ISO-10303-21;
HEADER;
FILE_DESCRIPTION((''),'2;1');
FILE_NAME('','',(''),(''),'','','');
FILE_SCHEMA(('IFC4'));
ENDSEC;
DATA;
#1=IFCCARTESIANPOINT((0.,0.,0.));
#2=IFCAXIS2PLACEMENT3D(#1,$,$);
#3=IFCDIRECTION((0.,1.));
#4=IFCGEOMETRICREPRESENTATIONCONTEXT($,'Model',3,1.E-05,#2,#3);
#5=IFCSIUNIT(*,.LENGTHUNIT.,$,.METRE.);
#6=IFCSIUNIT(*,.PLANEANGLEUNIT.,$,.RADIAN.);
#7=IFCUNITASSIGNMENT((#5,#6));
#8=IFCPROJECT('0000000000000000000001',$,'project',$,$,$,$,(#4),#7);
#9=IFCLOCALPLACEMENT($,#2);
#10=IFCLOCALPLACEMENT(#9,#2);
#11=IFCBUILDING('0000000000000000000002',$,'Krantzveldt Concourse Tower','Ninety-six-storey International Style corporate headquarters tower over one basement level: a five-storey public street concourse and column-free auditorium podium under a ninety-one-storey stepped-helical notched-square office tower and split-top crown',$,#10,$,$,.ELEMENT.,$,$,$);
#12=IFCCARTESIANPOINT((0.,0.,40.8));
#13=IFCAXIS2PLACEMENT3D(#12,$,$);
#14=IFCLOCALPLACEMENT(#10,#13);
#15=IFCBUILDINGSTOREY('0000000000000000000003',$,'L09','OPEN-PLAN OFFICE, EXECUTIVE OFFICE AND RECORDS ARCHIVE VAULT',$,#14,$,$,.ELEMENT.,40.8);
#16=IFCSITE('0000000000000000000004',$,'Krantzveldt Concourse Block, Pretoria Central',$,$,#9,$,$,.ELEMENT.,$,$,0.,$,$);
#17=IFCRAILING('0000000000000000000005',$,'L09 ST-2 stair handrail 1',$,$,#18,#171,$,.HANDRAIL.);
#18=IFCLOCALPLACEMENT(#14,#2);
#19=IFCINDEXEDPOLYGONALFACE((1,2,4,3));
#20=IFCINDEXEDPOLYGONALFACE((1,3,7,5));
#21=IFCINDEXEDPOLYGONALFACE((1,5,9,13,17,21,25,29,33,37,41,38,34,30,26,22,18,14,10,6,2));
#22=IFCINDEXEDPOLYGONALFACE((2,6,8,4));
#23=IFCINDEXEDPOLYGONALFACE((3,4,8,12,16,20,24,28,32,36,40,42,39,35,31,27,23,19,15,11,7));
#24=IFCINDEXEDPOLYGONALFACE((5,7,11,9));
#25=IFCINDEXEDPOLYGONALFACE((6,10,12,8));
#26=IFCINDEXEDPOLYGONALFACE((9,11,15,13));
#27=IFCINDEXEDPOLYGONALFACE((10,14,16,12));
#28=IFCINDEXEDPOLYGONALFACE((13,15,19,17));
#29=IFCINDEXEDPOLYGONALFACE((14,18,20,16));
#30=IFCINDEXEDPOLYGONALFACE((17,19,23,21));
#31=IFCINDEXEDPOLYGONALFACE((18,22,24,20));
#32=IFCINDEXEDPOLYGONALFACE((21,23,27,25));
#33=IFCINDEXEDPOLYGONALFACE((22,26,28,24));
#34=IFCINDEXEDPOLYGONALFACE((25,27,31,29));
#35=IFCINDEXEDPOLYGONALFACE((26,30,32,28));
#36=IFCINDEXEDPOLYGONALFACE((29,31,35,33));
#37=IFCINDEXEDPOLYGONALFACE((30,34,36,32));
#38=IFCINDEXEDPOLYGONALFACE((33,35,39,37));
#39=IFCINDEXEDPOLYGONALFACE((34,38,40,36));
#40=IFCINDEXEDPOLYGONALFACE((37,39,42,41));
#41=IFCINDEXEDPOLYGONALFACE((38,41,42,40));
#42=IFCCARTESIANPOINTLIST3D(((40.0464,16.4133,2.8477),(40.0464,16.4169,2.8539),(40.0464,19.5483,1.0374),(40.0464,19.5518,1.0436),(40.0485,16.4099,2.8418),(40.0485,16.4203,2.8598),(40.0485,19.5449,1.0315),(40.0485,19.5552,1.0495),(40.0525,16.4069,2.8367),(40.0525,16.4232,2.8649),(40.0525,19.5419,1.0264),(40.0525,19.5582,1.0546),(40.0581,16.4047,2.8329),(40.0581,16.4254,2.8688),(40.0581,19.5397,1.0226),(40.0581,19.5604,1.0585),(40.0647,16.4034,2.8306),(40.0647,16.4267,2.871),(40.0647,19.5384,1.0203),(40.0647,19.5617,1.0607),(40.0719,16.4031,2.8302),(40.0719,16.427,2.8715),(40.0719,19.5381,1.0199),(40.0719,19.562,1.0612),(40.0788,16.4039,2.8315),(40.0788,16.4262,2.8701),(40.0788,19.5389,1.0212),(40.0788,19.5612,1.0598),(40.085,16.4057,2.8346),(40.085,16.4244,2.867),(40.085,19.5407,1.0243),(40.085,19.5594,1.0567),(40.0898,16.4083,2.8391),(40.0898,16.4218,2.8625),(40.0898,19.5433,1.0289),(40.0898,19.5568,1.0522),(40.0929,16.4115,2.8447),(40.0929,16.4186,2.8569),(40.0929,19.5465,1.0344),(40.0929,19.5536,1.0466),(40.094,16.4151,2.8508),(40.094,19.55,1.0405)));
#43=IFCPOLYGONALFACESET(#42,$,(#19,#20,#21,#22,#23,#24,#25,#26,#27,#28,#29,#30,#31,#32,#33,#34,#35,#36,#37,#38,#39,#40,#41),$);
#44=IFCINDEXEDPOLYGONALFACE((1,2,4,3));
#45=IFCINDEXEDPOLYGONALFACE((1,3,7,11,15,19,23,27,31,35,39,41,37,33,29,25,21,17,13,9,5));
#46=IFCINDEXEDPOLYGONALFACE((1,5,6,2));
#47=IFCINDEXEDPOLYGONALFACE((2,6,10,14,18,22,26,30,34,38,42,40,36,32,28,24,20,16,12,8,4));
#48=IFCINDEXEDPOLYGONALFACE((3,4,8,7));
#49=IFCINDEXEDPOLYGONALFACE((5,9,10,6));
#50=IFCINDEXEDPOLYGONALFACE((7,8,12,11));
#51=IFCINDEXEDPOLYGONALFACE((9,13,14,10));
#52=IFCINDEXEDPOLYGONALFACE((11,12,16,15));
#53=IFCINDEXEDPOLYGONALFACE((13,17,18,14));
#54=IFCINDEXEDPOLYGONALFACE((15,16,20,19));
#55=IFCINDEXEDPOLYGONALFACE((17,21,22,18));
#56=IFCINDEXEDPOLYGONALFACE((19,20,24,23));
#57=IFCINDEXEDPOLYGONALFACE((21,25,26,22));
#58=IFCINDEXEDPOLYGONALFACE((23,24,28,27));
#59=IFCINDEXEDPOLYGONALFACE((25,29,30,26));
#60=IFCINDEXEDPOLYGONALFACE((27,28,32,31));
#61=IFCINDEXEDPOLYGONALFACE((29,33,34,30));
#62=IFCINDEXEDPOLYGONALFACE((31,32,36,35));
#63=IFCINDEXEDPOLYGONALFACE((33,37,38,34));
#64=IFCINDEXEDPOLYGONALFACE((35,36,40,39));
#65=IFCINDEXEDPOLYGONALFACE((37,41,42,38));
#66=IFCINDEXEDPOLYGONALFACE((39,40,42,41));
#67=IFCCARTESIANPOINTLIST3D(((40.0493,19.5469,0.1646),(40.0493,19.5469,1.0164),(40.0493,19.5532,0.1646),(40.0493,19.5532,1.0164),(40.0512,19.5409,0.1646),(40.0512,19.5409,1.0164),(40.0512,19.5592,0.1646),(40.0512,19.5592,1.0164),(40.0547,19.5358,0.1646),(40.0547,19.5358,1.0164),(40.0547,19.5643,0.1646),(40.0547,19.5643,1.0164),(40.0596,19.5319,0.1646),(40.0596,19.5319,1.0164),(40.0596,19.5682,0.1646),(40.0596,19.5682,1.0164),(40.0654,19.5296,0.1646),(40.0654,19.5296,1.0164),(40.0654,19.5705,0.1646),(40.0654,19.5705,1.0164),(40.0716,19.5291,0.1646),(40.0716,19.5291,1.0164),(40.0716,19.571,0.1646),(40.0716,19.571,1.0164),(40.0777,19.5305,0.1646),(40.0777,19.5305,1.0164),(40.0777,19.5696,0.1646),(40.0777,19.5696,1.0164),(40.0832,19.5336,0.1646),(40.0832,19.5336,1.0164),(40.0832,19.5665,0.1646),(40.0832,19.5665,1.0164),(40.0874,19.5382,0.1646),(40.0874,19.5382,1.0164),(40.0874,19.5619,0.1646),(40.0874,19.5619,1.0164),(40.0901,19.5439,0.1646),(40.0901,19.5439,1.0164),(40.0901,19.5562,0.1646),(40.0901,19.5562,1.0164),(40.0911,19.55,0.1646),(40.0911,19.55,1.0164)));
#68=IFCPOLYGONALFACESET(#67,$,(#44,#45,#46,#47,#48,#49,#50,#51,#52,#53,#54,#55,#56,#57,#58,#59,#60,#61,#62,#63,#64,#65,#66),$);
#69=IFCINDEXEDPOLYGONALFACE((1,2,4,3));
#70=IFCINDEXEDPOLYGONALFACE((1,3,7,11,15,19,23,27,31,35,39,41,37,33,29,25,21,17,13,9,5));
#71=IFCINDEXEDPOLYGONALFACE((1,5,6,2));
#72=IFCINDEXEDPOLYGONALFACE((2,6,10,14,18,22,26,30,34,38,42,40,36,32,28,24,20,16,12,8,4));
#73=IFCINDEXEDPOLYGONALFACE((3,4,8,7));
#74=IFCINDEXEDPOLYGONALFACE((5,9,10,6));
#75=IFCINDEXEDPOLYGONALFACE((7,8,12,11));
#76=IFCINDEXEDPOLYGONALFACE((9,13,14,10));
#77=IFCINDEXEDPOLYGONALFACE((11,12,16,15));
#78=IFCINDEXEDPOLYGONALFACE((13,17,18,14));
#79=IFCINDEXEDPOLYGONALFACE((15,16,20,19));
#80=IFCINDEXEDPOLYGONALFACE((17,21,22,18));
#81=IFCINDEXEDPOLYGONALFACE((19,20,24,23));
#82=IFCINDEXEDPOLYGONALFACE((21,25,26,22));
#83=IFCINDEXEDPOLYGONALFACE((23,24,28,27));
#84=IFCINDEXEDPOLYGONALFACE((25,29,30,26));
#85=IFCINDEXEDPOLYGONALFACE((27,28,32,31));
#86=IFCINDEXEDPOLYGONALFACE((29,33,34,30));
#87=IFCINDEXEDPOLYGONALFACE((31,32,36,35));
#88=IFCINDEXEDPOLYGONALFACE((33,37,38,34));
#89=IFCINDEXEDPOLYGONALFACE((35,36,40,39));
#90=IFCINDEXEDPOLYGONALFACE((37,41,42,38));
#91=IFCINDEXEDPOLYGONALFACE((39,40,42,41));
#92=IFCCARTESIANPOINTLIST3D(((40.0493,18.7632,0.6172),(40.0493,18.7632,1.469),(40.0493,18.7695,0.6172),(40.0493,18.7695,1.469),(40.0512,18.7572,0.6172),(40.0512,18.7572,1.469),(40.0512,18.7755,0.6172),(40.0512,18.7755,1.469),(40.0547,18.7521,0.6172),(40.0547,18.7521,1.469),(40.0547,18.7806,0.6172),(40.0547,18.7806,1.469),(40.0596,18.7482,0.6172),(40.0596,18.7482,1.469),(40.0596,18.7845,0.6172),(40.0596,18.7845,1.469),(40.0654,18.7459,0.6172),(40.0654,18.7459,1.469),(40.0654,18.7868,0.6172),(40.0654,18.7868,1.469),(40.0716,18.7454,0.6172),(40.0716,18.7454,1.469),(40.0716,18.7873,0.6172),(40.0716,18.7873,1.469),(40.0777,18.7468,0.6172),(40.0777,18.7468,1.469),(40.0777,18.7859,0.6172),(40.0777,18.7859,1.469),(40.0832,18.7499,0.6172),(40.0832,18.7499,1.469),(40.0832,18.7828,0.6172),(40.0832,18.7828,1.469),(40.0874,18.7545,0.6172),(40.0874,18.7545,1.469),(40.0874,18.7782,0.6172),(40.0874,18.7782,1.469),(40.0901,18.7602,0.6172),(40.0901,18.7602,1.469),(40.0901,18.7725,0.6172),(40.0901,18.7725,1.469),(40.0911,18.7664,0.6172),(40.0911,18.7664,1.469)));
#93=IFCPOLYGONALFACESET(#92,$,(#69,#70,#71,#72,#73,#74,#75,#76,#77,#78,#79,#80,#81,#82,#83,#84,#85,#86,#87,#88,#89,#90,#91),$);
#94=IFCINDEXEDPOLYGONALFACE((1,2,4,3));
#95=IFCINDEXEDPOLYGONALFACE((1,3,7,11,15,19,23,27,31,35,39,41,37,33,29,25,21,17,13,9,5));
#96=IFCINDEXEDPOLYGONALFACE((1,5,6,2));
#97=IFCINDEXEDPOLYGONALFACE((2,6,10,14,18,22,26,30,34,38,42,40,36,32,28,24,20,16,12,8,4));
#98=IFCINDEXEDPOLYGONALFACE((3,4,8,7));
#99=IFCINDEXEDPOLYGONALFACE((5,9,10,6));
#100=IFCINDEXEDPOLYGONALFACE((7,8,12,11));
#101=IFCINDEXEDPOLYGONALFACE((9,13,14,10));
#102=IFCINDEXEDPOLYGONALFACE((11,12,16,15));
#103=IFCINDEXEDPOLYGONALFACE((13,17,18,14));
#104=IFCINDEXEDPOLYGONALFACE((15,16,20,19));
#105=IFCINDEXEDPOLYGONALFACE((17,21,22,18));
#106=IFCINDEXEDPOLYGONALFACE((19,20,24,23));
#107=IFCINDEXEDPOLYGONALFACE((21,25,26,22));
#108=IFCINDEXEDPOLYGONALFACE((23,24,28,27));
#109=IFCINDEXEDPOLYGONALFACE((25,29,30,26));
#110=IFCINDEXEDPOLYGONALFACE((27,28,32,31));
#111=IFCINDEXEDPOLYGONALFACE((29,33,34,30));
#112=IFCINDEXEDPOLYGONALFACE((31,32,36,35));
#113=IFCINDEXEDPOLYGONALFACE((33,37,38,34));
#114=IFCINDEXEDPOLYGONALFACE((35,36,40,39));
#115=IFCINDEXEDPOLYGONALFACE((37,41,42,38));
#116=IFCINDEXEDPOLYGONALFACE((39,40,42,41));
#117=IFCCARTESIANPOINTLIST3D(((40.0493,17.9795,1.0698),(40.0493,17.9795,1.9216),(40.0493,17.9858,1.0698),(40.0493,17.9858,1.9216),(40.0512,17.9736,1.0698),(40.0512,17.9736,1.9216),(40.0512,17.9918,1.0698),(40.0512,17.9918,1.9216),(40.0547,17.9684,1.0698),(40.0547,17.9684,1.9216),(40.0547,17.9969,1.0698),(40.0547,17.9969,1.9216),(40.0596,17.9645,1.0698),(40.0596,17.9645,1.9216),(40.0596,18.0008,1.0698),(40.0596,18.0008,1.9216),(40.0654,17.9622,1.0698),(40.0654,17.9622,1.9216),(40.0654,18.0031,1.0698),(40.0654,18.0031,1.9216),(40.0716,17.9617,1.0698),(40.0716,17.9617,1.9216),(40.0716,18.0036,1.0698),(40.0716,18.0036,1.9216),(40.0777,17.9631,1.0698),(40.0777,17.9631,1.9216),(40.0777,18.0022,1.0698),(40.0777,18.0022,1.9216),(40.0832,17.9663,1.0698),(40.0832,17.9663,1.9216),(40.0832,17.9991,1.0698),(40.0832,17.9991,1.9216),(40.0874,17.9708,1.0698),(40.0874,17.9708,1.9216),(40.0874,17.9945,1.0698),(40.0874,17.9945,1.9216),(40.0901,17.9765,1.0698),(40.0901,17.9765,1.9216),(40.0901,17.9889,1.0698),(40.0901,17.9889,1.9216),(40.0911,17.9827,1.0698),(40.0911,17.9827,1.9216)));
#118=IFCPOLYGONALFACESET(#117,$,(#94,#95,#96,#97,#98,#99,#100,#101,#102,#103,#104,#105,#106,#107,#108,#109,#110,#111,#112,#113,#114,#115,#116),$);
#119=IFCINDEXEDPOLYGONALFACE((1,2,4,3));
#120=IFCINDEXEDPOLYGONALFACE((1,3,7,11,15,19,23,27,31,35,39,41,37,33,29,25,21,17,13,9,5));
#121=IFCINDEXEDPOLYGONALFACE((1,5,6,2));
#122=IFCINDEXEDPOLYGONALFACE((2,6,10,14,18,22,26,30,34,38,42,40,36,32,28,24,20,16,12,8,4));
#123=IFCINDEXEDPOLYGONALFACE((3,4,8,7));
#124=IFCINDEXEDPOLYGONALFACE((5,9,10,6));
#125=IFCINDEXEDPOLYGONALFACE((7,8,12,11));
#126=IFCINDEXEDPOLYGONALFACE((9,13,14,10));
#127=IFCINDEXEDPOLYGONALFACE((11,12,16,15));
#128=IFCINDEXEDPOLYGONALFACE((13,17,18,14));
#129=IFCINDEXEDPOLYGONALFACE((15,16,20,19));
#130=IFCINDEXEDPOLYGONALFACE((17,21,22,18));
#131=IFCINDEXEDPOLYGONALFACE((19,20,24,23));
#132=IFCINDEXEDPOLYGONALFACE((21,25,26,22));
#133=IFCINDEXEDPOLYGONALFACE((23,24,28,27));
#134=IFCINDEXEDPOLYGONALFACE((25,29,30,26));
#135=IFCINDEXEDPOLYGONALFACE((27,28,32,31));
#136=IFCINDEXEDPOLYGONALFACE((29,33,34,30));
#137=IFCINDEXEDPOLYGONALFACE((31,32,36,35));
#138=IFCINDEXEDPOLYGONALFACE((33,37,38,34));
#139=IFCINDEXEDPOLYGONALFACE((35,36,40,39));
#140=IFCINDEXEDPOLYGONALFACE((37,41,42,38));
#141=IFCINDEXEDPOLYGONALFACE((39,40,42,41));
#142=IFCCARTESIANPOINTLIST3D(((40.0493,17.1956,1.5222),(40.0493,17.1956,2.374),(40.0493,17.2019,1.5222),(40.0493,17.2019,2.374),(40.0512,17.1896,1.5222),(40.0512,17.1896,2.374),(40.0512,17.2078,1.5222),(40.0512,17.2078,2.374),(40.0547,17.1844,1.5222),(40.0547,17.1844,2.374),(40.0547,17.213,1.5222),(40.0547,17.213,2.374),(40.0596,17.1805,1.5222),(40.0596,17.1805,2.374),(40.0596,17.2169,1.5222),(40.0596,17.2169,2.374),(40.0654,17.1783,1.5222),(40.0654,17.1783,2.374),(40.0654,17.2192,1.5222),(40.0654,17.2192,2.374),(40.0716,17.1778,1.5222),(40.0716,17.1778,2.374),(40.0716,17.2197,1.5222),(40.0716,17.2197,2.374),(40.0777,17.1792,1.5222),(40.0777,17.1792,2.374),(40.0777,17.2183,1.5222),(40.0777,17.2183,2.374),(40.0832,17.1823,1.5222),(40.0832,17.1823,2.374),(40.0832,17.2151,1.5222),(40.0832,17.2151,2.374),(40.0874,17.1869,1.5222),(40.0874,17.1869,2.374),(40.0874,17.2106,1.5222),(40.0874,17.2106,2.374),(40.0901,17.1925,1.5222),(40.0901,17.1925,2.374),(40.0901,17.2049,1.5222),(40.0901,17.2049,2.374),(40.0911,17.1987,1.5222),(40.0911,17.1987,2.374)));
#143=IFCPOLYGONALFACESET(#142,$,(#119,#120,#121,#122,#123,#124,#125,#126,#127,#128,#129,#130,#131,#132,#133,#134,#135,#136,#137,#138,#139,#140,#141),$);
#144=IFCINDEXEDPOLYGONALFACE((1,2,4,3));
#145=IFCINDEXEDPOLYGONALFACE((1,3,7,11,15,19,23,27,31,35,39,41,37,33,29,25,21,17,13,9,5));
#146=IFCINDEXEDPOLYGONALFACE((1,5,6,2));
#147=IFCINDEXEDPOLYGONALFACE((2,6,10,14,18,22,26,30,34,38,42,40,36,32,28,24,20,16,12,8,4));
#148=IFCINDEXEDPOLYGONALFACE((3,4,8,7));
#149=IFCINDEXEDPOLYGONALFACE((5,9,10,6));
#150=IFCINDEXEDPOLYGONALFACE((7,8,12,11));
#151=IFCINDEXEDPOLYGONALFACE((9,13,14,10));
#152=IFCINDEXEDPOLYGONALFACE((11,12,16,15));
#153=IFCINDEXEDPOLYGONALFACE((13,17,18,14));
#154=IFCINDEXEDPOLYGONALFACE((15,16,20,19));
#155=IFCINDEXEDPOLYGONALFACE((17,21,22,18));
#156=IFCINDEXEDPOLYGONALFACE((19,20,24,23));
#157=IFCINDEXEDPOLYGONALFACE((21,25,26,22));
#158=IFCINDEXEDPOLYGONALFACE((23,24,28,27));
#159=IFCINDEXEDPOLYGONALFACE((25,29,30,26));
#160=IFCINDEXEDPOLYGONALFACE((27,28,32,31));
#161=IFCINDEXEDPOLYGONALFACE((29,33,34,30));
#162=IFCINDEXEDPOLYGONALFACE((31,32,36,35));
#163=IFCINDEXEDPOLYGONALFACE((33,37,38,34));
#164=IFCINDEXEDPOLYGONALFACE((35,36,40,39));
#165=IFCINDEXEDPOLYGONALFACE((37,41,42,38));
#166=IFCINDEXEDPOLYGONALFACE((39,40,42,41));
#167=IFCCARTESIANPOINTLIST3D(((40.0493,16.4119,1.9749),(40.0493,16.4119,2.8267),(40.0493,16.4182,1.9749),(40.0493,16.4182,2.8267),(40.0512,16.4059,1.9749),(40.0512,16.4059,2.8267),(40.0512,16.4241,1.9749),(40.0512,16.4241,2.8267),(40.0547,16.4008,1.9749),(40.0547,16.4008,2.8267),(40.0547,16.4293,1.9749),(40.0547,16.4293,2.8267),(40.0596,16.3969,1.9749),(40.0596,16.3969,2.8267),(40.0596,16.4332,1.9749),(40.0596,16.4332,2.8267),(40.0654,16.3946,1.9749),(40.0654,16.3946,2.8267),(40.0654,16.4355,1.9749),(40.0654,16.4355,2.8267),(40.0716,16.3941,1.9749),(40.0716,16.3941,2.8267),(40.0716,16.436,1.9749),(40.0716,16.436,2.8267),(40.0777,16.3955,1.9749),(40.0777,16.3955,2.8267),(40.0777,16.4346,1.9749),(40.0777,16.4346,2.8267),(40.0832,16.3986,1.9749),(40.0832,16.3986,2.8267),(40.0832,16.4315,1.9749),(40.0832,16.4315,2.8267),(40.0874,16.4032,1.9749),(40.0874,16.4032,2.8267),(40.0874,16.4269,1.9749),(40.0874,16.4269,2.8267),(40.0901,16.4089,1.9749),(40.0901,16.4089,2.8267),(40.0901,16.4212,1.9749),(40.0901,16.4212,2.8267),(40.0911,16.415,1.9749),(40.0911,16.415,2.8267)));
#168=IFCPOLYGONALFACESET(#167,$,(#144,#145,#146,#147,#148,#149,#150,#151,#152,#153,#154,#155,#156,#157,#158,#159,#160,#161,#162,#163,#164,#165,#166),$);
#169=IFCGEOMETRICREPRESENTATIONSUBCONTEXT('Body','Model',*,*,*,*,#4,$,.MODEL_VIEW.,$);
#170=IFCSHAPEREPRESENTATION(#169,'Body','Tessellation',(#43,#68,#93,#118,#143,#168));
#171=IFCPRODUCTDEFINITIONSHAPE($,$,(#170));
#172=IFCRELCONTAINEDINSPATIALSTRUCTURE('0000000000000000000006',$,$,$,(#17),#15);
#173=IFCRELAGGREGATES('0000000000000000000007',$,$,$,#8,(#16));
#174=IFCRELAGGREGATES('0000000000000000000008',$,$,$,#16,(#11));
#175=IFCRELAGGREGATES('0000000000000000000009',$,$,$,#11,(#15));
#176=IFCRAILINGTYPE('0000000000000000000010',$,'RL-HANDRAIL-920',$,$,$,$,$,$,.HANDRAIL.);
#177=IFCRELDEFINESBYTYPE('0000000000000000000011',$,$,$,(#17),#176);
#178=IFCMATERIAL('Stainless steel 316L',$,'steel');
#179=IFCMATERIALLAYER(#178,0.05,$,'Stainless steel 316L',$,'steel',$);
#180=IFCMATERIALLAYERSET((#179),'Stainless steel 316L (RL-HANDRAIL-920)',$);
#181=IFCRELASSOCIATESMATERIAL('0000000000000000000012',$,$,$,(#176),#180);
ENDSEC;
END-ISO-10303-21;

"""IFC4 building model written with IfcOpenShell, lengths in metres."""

from ifc_helpers import new_model, si_unit, direction, frame, origin, origin_2d, place, context, subcontext, project, spatial, circle, extrude, material, layer, layer_set, type_object, element, save


model = new_model("IFC4")

# Units and contexts
model_context = context("Model", 3, precision=1e-05, world=origin(), true_north=direction((0.0, 1.0)))
body_context = subcontext(model_context, "Body", "Model", "MODEL_VIEW")
ifc_project = project(units=[si_unit("LENGTHUNIT", "METRE"), si_unit("PLANEANGLEUNIT", "RADIAN")], contexts=[model_context])

# Site, building, storey
site_placement = place(None, origin())
site = spatial("IfcSite", under=ifc_project, at=site_placement, Name="Krantzveldt Concourse Block, Pretoria Central", CompositionType="ELEMENT", RefElevation=0.0)
building_placement = place(site_placement, origin())
building = spatial("IfcBuilding", under=site, at=building_placement, Name="Krantzveldt Concourse Tower", Description="Ninety-six-storey International Style corporate headquarters tower over one basement level: a five-storey public street concourse and column-free auditorium podium under a ninety-one-storey stepped-helical notched-square office tower and split-top crown", CompositionType="ELEMENT")
storey_placement = place(building_placement, frame((0.0, 0.0, 40.8)))
storey = spatial("IfcBuildingStorey", under=building, at=storey_placement, Name="L09", Description="OPEN-PLAN OFFICE, EXECUTIVE OFFICE AND RECORDS ARCHIVE VAULT", CompositionType="ELEMENT", Elevation=40.8)

# Shared definitions
ifc_material_1 = material(Name="Stainless steel 316L", Category="steel")

# Railing
ifc_layer_1 = layer(ifc_material_1, 0.05, Name="Stainless steel 316L", Category="steel")
ifc_layer_set_1 = layer_set([ifc_layer_1], Name="Stainless steel 316L (RL-HANDRAIL-920)")
railing_type_1 = type_object("IfcRailingType", Name="RL-HANDRAIL-920", PredefinedType="HANDRAIL", material=ifc_layer_set_1)
railing_1_placement = place(storey_placement, frame((40.0701, 19.55, 0.1646)))
element("IfcRailing", 1, at=railing_1_placement, inside=storey, type_object=railing_type_1, Name="L09 ST-2 stair handrail 1", PredefinedType="HANDRAIL", context=body_context, shape_type="SweptSolid", body=[
    extrude(circle(Radius=0.0239, at=origin_2d()), frame((0.0, 0.0, 0.876), z_axis=(0.0, -0.865989, 0.500063), x_axis=(1.0, 0.0, 0.0)), (0.0, 0.0, 1.0), 3.6201),
    extrude(circle(Radius=0.021, at=origin_2d()), origin(), (0.0, 0.0, 1.0), 0.8518),
    extrude(circle(Radius=0.021, at=origin_2d()), frame((0.0, -0.7837, 0.4526)), (0.0, 0.0, 1.0), 0.8518),
    extrude(circle(Radius=0.021, at=origin_2d()), frame((0.0, -1.5674, 0.9053)), (0.0, 0.0, 1.0), 0.8518),
    extrude(circle(Radius=0.021, at=origin_2d()), frame((0.0, -2.3513, 1.3577)), (0.0, 0.0, 1.0), 0.8518),
    extrude(circle(Radius=0.021, at=origin_2d()), frame((0.0, -3.135, 1.8103)), (0.0, 0.0, 1.0), 0.8518),
])

save(model, "model.ifc")
